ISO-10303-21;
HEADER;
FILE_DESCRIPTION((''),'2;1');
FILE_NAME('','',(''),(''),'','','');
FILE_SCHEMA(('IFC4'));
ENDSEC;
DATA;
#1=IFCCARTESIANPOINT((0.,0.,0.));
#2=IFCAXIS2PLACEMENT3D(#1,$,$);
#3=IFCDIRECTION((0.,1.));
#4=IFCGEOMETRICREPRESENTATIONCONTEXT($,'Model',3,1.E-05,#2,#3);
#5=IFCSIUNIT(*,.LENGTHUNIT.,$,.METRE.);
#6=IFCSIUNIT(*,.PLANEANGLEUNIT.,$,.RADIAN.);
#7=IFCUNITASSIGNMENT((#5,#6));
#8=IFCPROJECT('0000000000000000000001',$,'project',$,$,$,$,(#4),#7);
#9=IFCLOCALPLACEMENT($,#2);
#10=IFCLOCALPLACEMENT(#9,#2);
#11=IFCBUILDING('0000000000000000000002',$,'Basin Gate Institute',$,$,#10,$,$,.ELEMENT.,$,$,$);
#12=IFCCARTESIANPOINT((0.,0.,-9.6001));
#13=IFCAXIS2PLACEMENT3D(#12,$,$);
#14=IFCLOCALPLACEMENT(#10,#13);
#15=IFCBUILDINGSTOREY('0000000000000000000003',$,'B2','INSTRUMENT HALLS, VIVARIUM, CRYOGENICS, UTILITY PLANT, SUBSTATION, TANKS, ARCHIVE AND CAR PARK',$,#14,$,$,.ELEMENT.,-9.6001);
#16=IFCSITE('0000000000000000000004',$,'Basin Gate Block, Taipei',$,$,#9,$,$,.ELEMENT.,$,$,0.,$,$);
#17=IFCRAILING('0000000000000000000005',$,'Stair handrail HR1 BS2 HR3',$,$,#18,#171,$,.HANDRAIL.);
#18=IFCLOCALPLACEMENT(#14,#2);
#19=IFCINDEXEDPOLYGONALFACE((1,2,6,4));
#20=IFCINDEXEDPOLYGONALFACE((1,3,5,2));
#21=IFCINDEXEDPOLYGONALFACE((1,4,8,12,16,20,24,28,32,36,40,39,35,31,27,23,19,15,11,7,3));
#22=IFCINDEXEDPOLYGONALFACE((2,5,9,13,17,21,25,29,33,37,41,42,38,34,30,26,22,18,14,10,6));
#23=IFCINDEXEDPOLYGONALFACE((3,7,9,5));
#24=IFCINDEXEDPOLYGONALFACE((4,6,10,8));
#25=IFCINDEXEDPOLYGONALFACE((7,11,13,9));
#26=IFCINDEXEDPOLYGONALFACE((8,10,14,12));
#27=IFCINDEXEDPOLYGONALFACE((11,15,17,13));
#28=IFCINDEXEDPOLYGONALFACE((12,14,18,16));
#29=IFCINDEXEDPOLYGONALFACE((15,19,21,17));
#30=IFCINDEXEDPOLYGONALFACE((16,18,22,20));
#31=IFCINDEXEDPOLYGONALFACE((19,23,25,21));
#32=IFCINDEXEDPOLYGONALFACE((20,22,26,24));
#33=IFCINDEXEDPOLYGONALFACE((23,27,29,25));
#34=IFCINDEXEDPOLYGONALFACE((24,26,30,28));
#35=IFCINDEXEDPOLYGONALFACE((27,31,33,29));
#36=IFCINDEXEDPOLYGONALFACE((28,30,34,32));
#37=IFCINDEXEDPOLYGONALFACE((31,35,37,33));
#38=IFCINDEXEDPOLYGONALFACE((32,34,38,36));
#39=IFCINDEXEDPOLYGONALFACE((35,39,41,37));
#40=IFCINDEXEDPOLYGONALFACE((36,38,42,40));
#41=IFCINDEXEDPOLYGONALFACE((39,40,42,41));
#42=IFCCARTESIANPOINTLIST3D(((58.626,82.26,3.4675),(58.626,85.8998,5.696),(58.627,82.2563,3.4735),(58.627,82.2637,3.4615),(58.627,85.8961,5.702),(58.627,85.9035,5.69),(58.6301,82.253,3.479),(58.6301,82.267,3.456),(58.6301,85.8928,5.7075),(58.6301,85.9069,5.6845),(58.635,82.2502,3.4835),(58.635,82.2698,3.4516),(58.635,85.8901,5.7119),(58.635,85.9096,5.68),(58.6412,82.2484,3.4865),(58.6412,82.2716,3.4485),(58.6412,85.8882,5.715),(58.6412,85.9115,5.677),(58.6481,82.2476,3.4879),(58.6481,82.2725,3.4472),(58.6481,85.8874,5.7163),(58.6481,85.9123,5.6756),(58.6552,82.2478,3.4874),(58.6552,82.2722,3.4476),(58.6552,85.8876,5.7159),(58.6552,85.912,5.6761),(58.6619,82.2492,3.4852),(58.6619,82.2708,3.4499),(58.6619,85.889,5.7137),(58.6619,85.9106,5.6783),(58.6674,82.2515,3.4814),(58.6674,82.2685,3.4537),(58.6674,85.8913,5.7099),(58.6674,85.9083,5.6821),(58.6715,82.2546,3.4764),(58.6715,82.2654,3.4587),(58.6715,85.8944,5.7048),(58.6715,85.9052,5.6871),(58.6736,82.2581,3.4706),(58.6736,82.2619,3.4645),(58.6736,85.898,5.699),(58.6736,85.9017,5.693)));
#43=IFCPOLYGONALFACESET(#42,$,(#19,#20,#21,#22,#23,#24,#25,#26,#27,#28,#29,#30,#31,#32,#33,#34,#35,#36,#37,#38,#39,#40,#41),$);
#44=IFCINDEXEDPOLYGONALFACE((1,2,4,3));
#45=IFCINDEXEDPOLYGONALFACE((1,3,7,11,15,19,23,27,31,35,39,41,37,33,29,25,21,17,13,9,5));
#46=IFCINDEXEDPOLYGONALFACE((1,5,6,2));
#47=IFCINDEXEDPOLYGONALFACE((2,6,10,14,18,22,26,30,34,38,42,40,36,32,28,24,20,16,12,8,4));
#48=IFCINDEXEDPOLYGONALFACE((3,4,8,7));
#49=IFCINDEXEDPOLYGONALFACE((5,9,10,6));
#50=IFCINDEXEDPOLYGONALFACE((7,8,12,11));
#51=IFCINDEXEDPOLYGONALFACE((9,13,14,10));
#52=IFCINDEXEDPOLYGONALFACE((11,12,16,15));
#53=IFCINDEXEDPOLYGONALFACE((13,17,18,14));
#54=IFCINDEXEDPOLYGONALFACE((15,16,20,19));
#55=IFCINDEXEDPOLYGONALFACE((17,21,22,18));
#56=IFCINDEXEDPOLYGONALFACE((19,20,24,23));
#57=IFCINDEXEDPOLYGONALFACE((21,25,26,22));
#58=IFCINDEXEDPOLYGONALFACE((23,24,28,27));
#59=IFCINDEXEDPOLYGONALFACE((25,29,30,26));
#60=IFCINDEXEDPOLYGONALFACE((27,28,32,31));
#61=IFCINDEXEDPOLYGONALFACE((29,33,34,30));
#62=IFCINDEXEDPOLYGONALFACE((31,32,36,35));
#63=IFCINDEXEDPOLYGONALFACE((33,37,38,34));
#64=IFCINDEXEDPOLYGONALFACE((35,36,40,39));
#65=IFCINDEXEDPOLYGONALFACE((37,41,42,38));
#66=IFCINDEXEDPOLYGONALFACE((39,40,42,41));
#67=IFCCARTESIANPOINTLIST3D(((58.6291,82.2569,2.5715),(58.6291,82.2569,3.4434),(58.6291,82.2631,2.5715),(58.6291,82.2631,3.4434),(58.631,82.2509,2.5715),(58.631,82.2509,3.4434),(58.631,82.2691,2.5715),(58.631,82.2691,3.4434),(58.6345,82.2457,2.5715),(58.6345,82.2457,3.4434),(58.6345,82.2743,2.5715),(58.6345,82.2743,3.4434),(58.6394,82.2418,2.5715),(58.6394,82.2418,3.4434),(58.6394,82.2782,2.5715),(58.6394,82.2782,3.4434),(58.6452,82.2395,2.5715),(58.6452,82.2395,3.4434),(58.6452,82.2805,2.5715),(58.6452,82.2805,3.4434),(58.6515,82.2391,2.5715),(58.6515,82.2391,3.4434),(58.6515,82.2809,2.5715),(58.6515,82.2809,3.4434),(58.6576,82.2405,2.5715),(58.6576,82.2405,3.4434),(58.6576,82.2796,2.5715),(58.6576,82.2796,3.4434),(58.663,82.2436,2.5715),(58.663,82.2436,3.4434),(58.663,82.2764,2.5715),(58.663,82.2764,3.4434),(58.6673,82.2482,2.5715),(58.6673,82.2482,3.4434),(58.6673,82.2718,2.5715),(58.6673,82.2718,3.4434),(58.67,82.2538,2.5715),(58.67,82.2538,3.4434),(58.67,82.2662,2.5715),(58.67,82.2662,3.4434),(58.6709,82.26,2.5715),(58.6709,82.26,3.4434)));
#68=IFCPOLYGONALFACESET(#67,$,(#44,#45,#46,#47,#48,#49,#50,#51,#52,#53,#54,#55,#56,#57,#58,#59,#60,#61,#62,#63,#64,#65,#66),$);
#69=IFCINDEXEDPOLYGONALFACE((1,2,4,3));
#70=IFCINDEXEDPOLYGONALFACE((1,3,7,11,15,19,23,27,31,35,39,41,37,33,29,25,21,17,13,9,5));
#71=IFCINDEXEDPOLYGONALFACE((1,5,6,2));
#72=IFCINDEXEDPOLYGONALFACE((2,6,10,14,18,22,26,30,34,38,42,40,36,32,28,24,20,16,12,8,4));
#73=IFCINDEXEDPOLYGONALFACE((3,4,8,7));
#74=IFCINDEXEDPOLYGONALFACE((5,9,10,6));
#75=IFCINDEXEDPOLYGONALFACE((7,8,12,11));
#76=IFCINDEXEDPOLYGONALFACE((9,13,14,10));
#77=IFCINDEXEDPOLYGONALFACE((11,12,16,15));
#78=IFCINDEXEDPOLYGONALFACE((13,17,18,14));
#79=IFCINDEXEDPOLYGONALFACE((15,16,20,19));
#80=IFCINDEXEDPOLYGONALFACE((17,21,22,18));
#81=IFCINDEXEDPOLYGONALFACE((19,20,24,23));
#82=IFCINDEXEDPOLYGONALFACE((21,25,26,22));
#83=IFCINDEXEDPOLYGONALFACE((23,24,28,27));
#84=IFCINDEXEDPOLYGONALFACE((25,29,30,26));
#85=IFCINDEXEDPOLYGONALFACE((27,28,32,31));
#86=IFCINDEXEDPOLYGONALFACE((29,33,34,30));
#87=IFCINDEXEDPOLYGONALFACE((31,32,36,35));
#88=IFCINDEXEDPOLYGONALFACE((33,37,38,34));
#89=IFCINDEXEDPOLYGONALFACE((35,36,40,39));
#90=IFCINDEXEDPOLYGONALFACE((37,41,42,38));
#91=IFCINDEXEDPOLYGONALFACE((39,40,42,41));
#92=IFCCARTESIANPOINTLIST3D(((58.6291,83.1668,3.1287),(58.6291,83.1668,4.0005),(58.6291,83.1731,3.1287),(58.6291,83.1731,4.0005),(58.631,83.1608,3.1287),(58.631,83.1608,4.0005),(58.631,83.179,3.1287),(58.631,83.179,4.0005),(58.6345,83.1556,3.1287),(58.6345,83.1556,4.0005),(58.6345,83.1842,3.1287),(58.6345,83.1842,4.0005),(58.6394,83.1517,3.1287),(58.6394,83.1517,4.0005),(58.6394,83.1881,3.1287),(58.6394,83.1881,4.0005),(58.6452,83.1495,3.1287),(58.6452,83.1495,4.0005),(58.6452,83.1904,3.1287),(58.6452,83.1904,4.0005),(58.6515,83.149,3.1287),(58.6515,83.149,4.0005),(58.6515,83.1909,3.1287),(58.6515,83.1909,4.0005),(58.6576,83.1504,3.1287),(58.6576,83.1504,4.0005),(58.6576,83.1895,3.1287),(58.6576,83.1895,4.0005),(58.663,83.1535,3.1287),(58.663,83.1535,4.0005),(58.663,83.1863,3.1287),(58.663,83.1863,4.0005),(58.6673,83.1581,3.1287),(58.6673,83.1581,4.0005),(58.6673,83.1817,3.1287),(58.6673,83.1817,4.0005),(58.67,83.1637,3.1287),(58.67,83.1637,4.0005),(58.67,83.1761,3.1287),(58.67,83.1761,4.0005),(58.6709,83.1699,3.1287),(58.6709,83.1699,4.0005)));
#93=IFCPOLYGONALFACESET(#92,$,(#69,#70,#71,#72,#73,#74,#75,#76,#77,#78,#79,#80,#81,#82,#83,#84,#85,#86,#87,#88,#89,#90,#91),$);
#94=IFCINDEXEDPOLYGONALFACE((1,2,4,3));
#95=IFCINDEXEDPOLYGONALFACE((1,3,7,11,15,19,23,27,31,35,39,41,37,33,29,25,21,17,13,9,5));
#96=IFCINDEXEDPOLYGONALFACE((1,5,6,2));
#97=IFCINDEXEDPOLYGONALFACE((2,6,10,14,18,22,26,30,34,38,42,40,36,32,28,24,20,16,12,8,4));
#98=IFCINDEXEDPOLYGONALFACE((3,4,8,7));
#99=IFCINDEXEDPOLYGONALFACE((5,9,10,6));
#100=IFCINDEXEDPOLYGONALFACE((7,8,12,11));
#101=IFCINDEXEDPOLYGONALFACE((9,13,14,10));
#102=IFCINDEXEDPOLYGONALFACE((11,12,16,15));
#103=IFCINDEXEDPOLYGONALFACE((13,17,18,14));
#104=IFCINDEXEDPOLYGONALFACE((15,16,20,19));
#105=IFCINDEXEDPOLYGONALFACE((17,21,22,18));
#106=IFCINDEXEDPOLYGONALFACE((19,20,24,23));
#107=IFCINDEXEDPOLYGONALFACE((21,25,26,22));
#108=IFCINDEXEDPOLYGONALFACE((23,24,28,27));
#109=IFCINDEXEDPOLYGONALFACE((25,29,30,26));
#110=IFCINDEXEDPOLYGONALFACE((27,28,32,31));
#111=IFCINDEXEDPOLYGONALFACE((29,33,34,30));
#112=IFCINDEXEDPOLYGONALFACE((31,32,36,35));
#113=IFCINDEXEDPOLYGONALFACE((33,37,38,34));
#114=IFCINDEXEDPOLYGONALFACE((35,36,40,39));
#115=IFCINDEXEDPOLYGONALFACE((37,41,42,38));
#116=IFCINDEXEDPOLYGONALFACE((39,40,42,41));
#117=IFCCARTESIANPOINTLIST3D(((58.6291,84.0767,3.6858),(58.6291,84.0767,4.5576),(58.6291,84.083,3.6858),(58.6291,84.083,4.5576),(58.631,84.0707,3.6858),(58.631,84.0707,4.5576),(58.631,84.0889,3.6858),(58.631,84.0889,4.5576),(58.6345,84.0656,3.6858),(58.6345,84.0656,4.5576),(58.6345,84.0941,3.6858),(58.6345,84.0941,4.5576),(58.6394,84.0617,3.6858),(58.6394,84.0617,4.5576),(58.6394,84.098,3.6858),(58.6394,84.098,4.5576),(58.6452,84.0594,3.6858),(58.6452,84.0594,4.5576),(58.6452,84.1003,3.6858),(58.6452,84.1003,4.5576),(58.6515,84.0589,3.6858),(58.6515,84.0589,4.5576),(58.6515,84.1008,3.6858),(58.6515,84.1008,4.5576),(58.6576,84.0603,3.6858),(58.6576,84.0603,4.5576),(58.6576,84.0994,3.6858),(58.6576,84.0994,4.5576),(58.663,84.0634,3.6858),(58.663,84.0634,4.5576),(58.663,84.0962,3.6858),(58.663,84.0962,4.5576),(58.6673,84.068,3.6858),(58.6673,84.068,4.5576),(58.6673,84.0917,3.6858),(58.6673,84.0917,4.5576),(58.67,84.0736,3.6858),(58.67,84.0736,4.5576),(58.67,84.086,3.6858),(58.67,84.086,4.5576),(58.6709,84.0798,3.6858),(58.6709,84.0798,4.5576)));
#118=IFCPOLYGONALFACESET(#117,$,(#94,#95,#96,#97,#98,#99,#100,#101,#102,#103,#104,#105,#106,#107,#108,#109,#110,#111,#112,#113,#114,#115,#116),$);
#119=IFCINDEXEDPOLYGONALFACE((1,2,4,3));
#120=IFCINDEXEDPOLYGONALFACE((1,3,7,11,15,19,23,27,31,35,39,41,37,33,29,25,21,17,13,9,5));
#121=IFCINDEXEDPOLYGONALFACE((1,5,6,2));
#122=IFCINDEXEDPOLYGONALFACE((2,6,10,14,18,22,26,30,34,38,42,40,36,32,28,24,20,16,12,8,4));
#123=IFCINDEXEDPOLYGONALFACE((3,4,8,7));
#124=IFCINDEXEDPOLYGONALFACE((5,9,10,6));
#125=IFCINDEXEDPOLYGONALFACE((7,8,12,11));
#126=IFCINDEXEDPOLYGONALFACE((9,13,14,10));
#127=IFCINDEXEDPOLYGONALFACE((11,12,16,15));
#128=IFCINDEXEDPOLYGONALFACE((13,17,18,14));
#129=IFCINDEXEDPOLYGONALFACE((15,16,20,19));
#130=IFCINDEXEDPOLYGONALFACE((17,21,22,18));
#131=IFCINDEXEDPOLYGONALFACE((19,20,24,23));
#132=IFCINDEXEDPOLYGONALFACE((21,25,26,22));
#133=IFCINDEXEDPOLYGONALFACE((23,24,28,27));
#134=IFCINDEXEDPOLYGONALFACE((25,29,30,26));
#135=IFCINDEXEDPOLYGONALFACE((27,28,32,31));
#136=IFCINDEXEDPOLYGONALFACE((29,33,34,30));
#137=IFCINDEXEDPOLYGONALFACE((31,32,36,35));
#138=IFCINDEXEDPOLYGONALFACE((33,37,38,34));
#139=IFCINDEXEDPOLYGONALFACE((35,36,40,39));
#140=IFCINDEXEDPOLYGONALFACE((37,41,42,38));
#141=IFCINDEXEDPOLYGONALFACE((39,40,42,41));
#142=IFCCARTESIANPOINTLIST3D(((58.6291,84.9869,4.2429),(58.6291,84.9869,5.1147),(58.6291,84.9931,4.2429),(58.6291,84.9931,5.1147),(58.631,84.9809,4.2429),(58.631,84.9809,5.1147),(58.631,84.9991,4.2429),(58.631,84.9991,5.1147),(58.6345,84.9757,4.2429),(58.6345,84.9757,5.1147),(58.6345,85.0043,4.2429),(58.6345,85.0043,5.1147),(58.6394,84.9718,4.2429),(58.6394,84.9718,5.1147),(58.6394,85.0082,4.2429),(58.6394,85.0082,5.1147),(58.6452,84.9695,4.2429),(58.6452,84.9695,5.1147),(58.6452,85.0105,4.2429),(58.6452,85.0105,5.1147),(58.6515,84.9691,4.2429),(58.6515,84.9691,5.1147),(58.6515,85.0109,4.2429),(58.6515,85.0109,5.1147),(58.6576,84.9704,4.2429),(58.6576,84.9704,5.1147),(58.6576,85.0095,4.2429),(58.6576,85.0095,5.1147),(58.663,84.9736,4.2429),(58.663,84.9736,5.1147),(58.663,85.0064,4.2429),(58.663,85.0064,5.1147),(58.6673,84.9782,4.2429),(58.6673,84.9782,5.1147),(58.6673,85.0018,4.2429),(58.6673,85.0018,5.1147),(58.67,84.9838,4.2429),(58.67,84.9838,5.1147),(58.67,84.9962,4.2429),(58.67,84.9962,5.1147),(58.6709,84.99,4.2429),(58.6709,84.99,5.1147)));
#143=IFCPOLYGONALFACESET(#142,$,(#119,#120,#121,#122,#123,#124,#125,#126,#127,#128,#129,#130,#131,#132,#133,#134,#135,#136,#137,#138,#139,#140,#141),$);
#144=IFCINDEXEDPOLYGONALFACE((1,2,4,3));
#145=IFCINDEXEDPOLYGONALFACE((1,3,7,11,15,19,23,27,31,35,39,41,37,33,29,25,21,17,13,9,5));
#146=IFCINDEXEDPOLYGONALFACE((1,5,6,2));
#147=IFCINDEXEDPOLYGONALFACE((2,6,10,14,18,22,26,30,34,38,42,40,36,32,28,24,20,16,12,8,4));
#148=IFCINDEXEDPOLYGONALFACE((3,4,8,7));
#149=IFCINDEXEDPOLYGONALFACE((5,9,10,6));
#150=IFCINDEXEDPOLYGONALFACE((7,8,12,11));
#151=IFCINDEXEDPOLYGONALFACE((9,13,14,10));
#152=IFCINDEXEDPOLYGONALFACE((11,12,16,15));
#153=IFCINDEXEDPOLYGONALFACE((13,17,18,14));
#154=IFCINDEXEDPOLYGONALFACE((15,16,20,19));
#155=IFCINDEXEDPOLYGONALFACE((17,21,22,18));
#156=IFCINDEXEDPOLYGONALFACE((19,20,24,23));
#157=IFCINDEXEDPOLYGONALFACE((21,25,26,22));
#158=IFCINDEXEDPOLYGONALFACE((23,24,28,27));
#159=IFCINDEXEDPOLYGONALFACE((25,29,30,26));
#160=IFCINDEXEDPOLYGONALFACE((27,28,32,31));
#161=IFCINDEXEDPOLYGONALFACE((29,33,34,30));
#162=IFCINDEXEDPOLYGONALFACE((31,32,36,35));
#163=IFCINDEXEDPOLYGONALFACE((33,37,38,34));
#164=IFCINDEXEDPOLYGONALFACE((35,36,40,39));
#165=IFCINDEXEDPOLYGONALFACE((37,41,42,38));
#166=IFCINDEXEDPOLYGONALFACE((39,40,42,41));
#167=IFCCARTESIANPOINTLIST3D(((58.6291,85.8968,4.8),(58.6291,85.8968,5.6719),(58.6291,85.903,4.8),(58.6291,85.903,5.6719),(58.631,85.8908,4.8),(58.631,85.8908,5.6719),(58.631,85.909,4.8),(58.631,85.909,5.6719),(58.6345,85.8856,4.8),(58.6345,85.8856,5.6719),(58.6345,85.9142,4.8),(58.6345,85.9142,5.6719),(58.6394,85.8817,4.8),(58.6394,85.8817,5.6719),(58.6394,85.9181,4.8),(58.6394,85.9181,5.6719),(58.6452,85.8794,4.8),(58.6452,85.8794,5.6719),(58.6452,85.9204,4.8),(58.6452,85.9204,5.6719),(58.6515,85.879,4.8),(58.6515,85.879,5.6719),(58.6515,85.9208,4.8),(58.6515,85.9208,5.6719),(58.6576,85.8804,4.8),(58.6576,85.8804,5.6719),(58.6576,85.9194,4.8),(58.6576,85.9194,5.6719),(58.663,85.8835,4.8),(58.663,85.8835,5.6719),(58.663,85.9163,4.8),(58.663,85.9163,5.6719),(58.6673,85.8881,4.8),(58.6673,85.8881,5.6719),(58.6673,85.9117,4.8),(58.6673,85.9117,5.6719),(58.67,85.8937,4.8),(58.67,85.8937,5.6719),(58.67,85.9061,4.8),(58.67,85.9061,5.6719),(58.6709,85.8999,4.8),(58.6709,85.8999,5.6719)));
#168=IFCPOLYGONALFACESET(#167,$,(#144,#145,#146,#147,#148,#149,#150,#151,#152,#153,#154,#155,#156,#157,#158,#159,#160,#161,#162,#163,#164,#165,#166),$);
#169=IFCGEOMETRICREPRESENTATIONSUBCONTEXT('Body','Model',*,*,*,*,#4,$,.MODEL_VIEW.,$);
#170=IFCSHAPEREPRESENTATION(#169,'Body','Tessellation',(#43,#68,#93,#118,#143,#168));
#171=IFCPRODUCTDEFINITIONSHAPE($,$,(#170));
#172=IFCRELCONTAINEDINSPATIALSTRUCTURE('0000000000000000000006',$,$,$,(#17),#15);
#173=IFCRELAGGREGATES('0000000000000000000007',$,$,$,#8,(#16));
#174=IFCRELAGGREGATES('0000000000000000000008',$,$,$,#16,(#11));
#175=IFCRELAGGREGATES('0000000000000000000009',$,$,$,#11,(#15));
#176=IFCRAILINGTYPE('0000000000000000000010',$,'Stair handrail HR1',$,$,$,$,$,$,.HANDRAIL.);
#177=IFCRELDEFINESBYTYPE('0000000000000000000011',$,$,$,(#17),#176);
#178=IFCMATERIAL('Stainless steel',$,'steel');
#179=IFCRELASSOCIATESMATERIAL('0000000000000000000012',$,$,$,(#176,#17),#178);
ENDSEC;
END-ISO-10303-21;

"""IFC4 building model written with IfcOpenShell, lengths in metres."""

from ifc_helpers import new_model, si_unit, direction, frame, origin, origin_2d, place, context, subcontext, project, spatial, circle, extrude, material, type_object, element, save


model = new_model("IFC4")

# Units and contexts
model_context = context("Model", 3, precision=1e-05, world=origin(), true_north=direction((0.0, 1.0)))
body_context = subcontext(model_context, "Body", "Model", "MODEL_VIEW")
ifc_project = project(units=[si_unit("LENGTHUNIT", "METRE"), si_unit("PLANEANGLEUNIT", "RADIAN")], contexts=[model_context])

# Site, building, storey
site_placement = place(None, origin())
site = spatial("IfcSite", under=ifc_project, at=site_placement, Name="Basin Gate Block, Taipei", CompositionType="ELEMENT", RefElevation=0.0)
building_placement = place(site_placement, origin())
building = spatial("IfcBuilding", under=site, at=building_placement, Name="Basin Gate Institute", CompositionType="ELEMENT")
storey_placement = place(building_placement, frame((0.0, 0.0, -9.6001)))
storey = spatial("IfcBuildingStorey", under=building, at=storey_placement, Name="B2", Description="INSTRUMENT HALLS, VIVARIUM, CRYOGENICS, UTILITY PLANT, SUBSTATION, TANKS, ARCHIVE AND CAR PARK", CompositionType="ELEMENT", Elevation=-9.6001)

# Railing
ifc_material_1 = material(Name="Stainless steel", Category="steel")
railing_type_1 = type_object("IfcRailingType", Name="Stair handrail HR1", PredefinedType="HANDRAIL", material=ifc_material_1)
railing_1_placement = place(storey_placement, frame((58.6499, 82.26, 2.5715)))
element("IfcRailing", 1, at=railing_1_placement, inside=storey, type_object=railing_type_1, material=ifc_material_1, Name="Stair handrail HR1 BS2 HR3", PredefinedType="HANDRAIL", context=body_context, shape_type="SweptSolid", body=[
    extrude(circle(Radius=0.0239, at=origin_2d()), frame((0.0, 0.0, 0.896), z_axis=(0.0, 0.85285, 0.522156), x_axis=(-1.0, 0.0, 0.0)), (0.0, 0.0, 1.0), 4.2678),
    extrude(circle(Radius=0.021, at=origin_2d()), origin(), (0.0, 0.0, 1.0), 0.8718),
    extrude(circle(Radius=0.021, at=origin_2d()), frame((0.0, 0.9099, 0.5571)), (0.0, 0.0, 1.0), 0.8718),
    extrude(circle(Radius=0.021, at=origin_2d()), frame((0.0, 1.8198, 1.1143)), (0.0, 0.0, 1.0), 0.8718),
    extrude(circle(Radius=0.021, at=origin_2d()), frame((0.0, 2.73, 1.6714)), (0.0, 0.0, 1.0), 0.8718),
    extrude(circle(Radius=0.021, at=origin_2d()), frame((0.0, 3.6399, 2.2285)), (0.0, 0.0, 1.0), 0.8718),
])

save(model, "model.ifc")
